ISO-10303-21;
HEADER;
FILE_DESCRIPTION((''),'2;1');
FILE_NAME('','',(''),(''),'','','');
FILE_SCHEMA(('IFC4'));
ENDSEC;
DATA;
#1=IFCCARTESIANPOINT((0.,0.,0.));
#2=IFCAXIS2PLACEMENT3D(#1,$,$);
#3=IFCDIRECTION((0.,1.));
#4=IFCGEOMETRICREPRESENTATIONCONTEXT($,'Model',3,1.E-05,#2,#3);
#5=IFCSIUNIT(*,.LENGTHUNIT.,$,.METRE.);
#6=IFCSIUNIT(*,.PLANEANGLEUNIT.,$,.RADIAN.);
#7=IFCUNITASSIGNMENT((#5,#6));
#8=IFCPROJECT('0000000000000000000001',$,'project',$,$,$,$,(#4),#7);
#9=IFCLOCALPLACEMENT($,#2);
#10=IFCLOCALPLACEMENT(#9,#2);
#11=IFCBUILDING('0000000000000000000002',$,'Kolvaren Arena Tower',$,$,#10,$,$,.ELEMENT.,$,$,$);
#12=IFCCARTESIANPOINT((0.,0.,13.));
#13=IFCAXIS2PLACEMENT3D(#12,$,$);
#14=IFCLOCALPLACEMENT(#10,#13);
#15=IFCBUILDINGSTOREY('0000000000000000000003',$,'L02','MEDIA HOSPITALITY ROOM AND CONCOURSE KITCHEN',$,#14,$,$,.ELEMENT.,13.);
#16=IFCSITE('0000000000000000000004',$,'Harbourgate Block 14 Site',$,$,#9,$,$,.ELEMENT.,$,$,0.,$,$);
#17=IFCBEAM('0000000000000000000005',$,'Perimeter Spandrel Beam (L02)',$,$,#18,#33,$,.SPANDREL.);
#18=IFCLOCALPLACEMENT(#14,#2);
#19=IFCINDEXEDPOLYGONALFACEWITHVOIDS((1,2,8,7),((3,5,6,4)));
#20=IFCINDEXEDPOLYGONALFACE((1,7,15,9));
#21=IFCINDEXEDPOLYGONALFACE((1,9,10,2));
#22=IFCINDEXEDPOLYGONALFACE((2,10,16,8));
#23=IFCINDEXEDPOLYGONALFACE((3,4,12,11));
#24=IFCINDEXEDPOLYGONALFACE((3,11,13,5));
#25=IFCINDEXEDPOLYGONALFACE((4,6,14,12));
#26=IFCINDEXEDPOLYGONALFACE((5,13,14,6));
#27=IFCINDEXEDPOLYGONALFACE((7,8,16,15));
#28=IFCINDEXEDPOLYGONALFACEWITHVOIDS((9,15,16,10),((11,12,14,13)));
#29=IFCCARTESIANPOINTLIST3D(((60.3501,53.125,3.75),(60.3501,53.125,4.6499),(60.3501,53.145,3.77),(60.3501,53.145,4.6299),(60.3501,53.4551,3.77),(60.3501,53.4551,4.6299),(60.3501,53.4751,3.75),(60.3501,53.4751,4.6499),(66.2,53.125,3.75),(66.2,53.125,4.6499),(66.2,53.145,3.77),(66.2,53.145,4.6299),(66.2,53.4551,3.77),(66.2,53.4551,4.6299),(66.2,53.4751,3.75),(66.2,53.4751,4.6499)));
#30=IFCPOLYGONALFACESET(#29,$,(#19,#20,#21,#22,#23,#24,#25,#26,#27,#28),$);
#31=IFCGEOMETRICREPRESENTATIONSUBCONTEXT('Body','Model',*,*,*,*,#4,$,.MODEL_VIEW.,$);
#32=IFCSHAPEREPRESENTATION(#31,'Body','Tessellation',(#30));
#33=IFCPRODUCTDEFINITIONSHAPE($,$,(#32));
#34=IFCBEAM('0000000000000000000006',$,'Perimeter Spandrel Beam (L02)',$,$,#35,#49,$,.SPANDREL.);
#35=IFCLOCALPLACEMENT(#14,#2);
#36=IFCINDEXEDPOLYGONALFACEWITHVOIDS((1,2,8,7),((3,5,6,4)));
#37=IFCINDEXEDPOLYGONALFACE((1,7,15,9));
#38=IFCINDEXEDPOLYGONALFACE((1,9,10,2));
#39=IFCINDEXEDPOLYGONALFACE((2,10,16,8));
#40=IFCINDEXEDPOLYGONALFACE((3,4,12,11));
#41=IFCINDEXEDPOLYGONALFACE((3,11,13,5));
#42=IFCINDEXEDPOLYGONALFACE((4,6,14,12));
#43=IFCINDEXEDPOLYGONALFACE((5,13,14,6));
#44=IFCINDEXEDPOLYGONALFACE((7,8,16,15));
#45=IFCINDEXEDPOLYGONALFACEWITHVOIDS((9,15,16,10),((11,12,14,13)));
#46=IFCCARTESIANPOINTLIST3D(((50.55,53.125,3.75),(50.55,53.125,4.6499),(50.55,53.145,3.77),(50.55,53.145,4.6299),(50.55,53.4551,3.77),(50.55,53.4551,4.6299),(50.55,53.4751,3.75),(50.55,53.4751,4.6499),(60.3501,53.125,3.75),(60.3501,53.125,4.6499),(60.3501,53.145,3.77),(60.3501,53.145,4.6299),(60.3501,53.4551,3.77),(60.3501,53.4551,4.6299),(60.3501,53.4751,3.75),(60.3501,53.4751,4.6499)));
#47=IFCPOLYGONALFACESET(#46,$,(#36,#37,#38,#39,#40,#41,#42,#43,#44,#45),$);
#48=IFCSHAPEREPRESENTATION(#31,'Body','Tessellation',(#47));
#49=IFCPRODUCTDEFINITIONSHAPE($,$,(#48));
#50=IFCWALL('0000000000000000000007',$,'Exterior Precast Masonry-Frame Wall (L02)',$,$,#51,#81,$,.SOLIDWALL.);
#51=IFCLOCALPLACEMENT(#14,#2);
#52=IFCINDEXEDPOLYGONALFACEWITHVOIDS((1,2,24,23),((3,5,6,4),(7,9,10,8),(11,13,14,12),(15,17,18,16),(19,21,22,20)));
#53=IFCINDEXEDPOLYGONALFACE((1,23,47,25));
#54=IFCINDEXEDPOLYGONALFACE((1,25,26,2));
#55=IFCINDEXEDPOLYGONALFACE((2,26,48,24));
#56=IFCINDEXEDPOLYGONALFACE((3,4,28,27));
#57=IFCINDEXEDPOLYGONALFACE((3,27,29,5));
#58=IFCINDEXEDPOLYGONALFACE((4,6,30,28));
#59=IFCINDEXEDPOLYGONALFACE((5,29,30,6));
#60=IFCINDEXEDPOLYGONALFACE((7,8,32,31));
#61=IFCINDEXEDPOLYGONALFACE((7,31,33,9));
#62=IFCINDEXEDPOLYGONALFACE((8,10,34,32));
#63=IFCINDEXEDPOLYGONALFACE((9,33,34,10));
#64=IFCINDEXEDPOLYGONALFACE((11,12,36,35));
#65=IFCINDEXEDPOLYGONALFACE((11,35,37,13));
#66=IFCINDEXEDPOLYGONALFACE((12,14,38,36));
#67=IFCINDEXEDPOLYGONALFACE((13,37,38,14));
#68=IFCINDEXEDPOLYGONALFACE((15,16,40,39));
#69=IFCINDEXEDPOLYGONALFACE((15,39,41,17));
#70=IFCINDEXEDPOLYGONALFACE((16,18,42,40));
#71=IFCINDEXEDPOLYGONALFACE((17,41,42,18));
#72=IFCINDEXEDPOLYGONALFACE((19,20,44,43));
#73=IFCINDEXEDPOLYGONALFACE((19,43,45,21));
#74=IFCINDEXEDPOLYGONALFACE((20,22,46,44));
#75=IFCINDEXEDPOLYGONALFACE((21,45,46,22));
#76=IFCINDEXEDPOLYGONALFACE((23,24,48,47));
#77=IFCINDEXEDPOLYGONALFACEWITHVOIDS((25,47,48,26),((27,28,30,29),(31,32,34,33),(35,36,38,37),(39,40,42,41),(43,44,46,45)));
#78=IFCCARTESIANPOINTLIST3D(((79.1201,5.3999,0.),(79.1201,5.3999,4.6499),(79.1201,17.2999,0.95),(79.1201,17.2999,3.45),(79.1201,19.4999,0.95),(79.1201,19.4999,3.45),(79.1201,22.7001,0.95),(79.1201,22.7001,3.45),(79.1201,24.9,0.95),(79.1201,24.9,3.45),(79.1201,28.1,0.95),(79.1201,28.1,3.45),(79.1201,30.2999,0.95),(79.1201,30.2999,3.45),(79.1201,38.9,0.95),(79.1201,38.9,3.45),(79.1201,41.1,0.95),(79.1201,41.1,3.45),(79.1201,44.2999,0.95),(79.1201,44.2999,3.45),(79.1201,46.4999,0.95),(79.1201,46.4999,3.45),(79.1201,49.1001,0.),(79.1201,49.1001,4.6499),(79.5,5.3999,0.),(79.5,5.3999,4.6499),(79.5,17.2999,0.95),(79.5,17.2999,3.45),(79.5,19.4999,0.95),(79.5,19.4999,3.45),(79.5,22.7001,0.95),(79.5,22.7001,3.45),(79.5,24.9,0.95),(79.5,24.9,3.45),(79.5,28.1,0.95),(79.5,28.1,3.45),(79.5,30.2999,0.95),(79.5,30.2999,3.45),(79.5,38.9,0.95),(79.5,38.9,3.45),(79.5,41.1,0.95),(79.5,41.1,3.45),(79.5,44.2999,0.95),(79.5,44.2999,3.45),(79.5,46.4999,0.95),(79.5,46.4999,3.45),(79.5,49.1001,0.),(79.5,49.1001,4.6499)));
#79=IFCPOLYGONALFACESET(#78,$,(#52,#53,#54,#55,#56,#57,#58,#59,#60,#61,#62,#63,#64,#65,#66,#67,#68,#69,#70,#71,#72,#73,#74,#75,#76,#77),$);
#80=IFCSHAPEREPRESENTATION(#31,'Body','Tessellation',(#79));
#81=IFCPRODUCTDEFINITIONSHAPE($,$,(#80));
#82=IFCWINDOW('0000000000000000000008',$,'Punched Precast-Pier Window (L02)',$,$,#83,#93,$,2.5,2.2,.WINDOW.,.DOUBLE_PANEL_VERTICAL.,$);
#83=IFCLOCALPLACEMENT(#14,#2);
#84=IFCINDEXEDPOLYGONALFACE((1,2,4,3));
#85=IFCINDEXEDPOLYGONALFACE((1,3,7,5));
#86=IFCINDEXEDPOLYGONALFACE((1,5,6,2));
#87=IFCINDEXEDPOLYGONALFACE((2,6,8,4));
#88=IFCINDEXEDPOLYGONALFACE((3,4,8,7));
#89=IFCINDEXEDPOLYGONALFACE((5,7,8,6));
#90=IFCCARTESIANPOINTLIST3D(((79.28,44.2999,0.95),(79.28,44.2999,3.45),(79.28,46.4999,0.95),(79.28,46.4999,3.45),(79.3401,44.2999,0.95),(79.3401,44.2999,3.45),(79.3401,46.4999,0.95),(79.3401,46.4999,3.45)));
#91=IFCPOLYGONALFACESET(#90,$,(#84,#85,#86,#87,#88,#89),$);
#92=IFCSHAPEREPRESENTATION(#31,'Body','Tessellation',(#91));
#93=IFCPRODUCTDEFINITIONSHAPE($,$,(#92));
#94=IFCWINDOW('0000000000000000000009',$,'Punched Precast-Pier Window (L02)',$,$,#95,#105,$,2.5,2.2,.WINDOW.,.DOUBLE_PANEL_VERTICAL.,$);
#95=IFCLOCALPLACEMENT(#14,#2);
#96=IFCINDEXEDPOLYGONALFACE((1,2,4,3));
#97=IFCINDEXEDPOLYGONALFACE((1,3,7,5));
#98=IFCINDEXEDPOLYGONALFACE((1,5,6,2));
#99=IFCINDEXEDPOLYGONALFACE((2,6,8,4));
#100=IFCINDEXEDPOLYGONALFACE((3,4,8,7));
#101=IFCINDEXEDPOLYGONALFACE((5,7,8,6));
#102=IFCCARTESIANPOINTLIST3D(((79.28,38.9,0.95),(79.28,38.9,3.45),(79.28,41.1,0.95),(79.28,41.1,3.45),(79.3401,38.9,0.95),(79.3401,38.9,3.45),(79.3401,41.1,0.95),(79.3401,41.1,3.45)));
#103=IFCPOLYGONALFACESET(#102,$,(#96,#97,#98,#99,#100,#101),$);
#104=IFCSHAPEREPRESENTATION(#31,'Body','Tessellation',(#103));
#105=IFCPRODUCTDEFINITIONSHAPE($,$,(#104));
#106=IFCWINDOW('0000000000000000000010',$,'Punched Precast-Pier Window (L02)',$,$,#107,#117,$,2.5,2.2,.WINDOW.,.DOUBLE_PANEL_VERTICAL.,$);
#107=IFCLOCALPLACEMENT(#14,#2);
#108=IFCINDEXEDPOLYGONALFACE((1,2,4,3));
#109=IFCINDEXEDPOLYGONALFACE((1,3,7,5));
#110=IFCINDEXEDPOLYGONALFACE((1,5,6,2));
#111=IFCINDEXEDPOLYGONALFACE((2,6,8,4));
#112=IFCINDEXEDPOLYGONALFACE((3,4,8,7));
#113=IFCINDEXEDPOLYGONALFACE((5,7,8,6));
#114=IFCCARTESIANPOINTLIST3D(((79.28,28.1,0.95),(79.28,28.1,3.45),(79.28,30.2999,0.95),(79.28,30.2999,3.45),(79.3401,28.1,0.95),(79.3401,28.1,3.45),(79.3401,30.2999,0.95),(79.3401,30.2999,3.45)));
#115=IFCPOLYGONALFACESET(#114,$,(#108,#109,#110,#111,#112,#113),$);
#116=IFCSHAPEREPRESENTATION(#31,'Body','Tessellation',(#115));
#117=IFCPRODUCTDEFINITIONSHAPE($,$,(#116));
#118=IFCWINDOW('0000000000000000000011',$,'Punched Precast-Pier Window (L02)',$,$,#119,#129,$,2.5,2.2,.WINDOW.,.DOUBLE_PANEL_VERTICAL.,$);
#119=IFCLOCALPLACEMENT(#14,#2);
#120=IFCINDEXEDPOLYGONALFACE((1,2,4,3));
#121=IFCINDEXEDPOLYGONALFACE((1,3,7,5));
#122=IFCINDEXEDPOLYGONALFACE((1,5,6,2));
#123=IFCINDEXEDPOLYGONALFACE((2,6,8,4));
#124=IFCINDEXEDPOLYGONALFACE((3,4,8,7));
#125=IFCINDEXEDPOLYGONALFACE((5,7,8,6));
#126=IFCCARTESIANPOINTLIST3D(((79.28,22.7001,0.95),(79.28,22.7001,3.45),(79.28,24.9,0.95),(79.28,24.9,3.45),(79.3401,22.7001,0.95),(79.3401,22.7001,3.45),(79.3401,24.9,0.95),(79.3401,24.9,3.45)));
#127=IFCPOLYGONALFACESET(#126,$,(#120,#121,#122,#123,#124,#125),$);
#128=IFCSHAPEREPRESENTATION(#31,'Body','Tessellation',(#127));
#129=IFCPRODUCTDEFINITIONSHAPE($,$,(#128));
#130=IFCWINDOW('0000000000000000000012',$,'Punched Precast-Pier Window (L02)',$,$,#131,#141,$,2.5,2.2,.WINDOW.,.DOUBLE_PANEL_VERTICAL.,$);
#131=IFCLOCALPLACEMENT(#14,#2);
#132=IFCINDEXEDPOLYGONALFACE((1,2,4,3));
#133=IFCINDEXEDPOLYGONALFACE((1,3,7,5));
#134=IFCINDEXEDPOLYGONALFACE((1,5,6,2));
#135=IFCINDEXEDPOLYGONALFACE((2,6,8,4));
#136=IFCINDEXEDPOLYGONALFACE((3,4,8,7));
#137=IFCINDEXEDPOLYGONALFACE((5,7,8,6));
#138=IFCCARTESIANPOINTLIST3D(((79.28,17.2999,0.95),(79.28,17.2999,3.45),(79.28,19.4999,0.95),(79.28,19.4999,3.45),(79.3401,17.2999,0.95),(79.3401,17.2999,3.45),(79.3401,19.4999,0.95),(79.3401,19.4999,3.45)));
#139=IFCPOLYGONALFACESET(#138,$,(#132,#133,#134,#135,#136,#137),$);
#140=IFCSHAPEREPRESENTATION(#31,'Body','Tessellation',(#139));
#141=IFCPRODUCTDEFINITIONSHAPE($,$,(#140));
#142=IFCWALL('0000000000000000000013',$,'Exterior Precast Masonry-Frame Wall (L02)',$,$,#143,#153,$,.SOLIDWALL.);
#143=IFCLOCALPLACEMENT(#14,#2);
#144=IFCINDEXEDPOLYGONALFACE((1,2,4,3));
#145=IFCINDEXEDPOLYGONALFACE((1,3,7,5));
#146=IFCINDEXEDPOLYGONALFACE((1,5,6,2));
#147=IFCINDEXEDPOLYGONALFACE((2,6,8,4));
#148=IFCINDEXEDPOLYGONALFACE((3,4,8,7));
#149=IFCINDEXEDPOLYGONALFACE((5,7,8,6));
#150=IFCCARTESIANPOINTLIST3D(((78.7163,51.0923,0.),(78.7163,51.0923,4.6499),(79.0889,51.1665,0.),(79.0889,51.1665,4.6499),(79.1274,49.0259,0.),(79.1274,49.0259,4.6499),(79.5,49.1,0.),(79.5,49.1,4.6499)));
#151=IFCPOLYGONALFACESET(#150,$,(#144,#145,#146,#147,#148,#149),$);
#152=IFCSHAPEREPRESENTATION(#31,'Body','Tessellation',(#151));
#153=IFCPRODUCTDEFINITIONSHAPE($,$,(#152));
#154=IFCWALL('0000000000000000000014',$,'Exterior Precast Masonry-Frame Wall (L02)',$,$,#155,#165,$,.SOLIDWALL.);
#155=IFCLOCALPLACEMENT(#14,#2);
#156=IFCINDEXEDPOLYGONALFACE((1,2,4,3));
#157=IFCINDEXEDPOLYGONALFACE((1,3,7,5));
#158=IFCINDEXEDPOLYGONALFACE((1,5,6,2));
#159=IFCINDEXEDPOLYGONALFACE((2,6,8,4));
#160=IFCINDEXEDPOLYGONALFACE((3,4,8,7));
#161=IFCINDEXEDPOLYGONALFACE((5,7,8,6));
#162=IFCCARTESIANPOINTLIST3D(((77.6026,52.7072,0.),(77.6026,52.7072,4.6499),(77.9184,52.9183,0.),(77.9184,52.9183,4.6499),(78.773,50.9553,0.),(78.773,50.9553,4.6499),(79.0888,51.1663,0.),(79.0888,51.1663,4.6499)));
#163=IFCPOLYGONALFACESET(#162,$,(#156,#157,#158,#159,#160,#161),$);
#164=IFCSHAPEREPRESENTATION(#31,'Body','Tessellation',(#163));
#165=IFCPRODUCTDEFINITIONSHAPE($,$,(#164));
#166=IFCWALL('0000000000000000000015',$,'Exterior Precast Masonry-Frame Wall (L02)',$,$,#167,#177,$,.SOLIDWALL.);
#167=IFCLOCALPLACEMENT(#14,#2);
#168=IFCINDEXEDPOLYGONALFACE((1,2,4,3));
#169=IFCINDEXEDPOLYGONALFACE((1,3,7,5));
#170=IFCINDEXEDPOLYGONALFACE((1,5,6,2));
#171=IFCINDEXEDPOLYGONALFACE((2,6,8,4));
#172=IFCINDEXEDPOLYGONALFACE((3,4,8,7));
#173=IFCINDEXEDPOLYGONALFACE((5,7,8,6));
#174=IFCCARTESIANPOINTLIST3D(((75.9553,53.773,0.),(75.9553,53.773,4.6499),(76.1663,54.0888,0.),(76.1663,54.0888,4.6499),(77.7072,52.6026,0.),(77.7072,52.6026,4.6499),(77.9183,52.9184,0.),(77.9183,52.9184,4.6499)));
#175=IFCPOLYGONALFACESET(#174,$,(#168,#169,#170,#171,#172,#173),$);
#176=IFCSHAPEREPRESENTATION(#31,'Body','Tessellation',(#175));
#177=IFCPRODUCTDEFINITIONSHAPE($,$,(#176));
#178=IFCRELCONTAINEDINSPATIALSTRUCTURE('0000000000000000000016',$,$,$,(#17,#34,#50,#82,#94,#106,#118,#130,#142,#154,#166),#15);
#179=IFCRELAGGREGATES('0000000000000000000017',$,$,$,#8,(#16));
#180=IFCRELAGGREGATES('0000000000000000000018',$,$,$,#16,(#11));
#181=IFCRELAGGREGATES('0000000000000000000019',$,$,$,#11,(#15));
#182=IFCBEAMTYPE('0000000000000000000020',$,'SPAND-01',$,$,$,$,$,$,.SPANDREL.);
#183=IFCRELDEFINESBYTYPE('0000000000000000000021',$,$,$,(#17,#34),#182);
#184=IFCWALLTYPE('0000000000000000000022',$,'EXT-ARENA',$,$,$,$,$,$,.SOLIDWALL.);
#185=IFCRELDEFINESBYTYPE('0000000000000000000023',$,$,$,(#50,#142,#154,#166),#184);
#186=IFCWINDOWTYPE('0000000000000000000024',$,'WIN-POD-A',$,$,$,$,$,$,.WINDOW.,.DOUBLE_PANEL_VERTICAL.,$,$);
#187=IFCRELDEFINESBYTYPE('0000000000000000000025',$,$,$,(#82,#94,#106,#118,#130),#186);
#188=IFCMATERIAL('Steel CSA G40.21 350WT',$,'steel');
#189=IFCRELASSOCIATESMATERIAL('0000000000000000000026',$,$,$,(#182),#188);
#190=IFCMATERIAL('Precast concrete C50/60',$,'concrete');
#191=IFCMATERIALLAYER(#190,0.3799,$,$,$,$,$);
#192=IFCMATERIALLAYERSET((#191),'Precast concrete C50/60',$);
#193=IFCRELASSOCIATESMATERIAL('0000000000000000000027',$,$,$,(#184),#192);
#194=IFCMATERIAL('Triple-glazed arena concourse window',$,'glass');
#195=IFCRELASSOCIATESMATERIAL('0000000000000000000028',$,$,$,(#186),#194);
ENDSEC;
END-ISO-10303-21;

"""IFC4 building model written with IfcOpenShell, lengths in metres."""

from ifc_helpers import new_model, si_unit, direction, frame, frame_2d, origin, origin_2d, place, context, subcontext, project, spatial, rectangle, hollow_rectangle, extrude, material, layer, layer_set, material_profile, profile_set, type_object, element, fill, save


model = new_model("IFC4")

# Units and contexts
model_context = context("Model", 3, precision=1e-05, world=origin(), true_north=direction((0.0, 1.0)))
body_context = subcontext(model_context, "Body", "Model", "MODEL_VIEW")
ifc_project = project(units=[si_unit("LENGTHUNIT", "METRE"), si_unit("PLANEANGLEUNIT", "RADIAN")], contexts=[model_context])

# Site, building, storey
site_placement = place(None, origin())
site = spatial("IfcSite", under=ifc_project, at=site_placement, Name="Harbourgate Block 14 Site", CompositionType="ELEMENT", RefElevation=0.0)
building_placement = place(site_placement, origin())
building = spatial("IfcBuilding", under=site, at=building_placement, Name="Kolvaren Arena Tower", CompositionType="ELEMENT")
storey_placement = place(building_placement, frame((0.0, 0.0, 13.0)))
storey = spatial("IfcBuildingStorey", under=building, at=storey_placement, Name="L02", Description="MEDIA HOSPITALITY ROOM AND CONCOURSE KITCHEN", CompositionType="ELEMENT", Elevation=13.0)

# Beams
ifc_material_1 = material(Name="Steel CSA G40.21 350WT", Category="steel")
ifc_material_profile_1 = material_profile(ifc_material_1, hollow_rectangle(XDim=0.3501, YDim=0.8999, WallThickness=0.02, at=origin_2d()), Name="HSS 900x350x20")
ifc_profile_set_1 = profile_set([ifc_material_profile_1], Name="Steel CSA G40.21 350WT")
beam_type_1 = type_object("IfcBeamType", Name="SPAND-01", PredefinedType="SPANDREL", material=ifc_profile_set_1)
beam_1_placement = place(storey_placement, frame((66.2, 53.3, 4.2), z_axis=(-1.0, 0.0, 0.0), x_axis=(0.0, -1.0, 0.0)))
element("IfcBeam", 1, at=beam_1_placement, inside=storey, type_object=beam_type_1, Name="Perimeter Spandrel Beam (L02)", PredefinedType="SPANDREL", context=body_context, shape_type="SweptSolid", body=[
    extrude(hollow_rectangle(XDim=0.3501, YDim=0.8999, WallThickness=0.02, at=origin_2d()), origin(), (0.0, 0.0, 1.0), 5.8499),
])
beam_2_placement = place(storey_placement, frame((60.3501, 53.3, 4.2), z_axis=(-1.0, 0.0, 0.0), x_axis=(0.0, -1.0, 0.0)))
element("IfcBeam", 2, at=beam_2_placement, inside=storey, type_object=beam_type_1, Name="Perimeter Spandrel Beam (L02)", PredefinedType="SPANDREL", context=body_context, shape_type="SweptSolid", body=[
    extrude(hollow_rectangle(XDim=0.3501, YDim=0.8999, WallThickness=0.02, at=origin_2d()), origin(), (0.0, 0.0, 1.0), 9.8),
])

# Wall, openings, windows
ifc_material_2 = material(Name="Precast concrete C50/60", Category="concrete")
ifc_layer_1 = layer(ifc_material_2, 0.3799)
ifc_layer_set_1 = layer_set([ifc_layer_1], Name="Precast concrete C50/60")
wall_type_1 = type_object("IfcWallType", Name="EXT-ARENA", PredefinedType="SOLIDWALL", material=ifc_layer_set_1)
wall_1_placement = place(storey_placement, frame((79.3101, 49.1001, 0.0), z_axis=(0.0, 0.0, 1.0), x_axis=(0.0, -1.0, 0.0)))
wall_1 = element("IfcWall", 3, at=wall_1_placement, inside=storey, type_object=wall_type_1, Name="Exterior Precast Masonry-Frame Wall (L02)", PredefinedType="SOLIDWALL", context=body_context, shape_type="SweptSolid", body=[
    extrude(rectangle(XDim=43.7002, YDim=0.3799, at=frame_2d((21.8501, 0.0))), origin(), (0.0, 0.0, 1.0), 4.6499),
])
opening_1_placement = place(wall_1_placement, frame((2.6001, 0.0, 0.95)))
opening_1 = element("IfcOpeningElement", 4, at=opening_1_placement, cuts=wall_1, PredefinedType="OPENING", context=body_context, shape_type="SweptSolid", body=[
    extrude(rectangle(XDim=2.2, YDim=2.5, at=frame_2d((1.1001, 1.25))), frame((0.0, 0.2, 0.0), z_axis=(0.0, -1.0, 0.0), x_axis=(1.0, 0.0, 0.0)), (0.0, 0.0, 1.0), 0.3999),
])
opening_2_placement = place(wall_1_placement, frame((8.0, 0.0, 0.95)))
opening_2 = element("IfcOpeningElement", 5, at=opening_2_placement, cuts=wall_1, PredefinedType="OPENING", context=body_context, shape_type="SweptSolid", body=[
    extrude(rectangle(XDim=2.2, YDim=2.5, at=frame_2d((1.1001, 1.25))), frame((0.0, 0.2, 0.0), z_axis=(0.0, -1.0, 0.0), x_axis=(1.0, 0.0, 0.0)), (0.0, 0.0, 1.0), 0.3999),
])
opening_3_placement = place(wall_1_placement, frame((18.8, 0.0, 0.95)))
opening_3 = element("IfcOpeningElement", 6, at=opening_3_placement, cuts=wall_1, PredefinedType="OPENING", context=body_context, shape_type="SweptSolid", body=[
    extrude(rectangle(XDim=2.2, YDim=2.5, at=frame_2d((1.1001, 1.25))), frame((0.0, 0.2, 0.0), z_axis=(0.0, -1.0, 0.0), x_axis=(1.0, 0.0, 0.0)), (0.0, 0.0, 1.0), 0.3999),
])
opening_4_placement = place(wall_1_placement, frame((24.2, 0.0, 0.95)))
opening_4 = element("IfcOpeningElement", 7, at=opening_4_placement, cuts=wall_1, PredefinedType="OPENING", context=body_context, shape_type="SweptSolid", body=[
    extrude(rectangle(XDim=2.2, YDim=2.5, at=frame_2d((1.1001, 1.25))), frame((0.0, 0.2, 0.0), z_axis=(0.0, -1.0, 0.0), x_axis=(1.0, 0.0, 0.0)), (0.0, 0.0, 1.0), 0.3999),
])
opening_5_placement = place(wall_1_placement, frame((29.6001, 0.0, 0.95)))
opening_5 = element("IfcOpeningElement", 8, at=opening_5_placement, cuts=wall_1, PredefinedType="OPENING", context=body_context, shape_type="SweptSolid", body=[
    extrude(rectangle(XDim=2.2, YDim=2.5, at=frame_2d((1.1001, 1.25))), frame((0.0, 0.2, 0.0), z_axis=(0.0, -1.0, 0.0), x_axis=(1.0, 0.0, 0.0)), (0.0, 0.0, 1.0), 0.3999),
])
ifc_material_3 = material(Name="Triple-glazed arena concourse window", Category="glass")
window_type = type_object("IfcWindowType", Name="WIN-POD-A", PartitioningType="DOUBLE_PANEL_VERTICAL", PredefinedType="WINDOW", material=ifc_material_3)
window_1_placement = place(opening_1_placement, origin())
window_1 = element("IfcWindow", 9, at=window_1_placement, inside=storey, type_object=window_type, Name="Punched Precast-Pier Window (L02)", OverallHeight=2.5, OverallWidth=2.2, PartitioningType="DOUBLE_PANEL_VERTICAL", PredefinedType="WINDOW", context=body_context, shape_type="SweptSolid", body=[
    extrude(rectangle(XDim=2.2, YDim=2.5, at=frame_2d((1.1001, 1.25))), frame((0.0, 0.03, 0.0), z_axis=(0.0, -1.0, 0.0), x_axis=(1.0, 0.0, 0.0)), (0.0, 0.0, 1.0), 0.0601),
])
fill(opening_1, window_1)
window_2_placement = place(opening_2_placement, origin())
window_2 = element("IfcWindow", 10, at=window_2_placement, inside=storey, type_object=window_type, Name="Punched Precast-Pier Window (L02)", OverallHeight=2.5, OverallWidth=2.2, PartitioningType="DOUBLE_PANEL_VERTICAL", PredefinedType="WINDOW", context=body_context, shape_type="SweptSolid", body=[
    extrude(rectangle(XDim=2.2, YDim=2.5, at=frame_2d((1.1001, 1.25))), frame((0.0, 0.03, 0.0), z_axis=(0.0, -1.0, 0.0), x_axis=(1.0, 0.0, 0.0)), (0.0, 0.0, 1.0), 0.0601),
])
fill(opening_2, window_2)
window_3_placement = place(opening_3_placement, origin())
window_3 = element("IfcWindow", 11, at=window_3_placement, inside=storey, type_object=window_type, Name="Punched Precast-Pier Window (L02)", OverallHeight=2.5, OverallWidth=2.2, PartitioningType="DOUBLE_PANEL_VERTICAL", PredefinedType="WINDOW", context=body_context, shape_type="SweptSolid", body=[
    extrude(rectangle(XDim=2.2, YDim=2.5, at=frame_2d((1.1001, 1.25))), frame((0.0, 0.03, 0.0), z_axis=(0.0, -1.0, 0.0), x_axis=(1.0, 0.0, 0.0)), (0.0, 0.0, 1.0), 0.0601),
])
fill(opening_3, window_3)
window_4_placement = place(opening_4_placement, origin())
window_4 = element("IfcWindow", 12, at=window_4_placement, inside=storey, type_object=window_type, Name="Punched Precast-Pier Window (L02)", OverallHeight=2.5, OverallWidth=2.2, PartitioningType="DOUBLE_PANEL_VERTICAL", PredefinedType="WINDOW", context=body_context, shape_type="SweptSolid", body=[
    extrude(rectangle(XDim=2.2, YDim=2.5, at=frame_2d((1.1001, 1.25))), frame((0.0, 0.03, 0.0), z_axis=(0.0, -1.0, 0.0), x_axis=(1.0, 0.0, 0.0)), (0.0, 0.0, 1.0), 0.0601),
])
fill(opening_4, window_4)
window_5_placement = place(opening_5_placement, origin())
window_5 = element("IfcWindow", 13, at=window_5_placement, inside=storey, type_object=window_type, Name="Punched Precast-Pier Window (L02)", OverallHeight=2.5, OverallWidth=2.2, PartitioningType="DOUBLE_PANEL_VERTICAL", PredefinedType="WINDOW", context=body_context, shape_type="SweptSolid", body=[
    extrude(rectangle(XDim=2.2, YDim=2.5, at=frame_2d((1.1001, 1.25))), frame((0.0, 0.03, 0.0), z_axis=(0.0, -1.0, 0.0), x_axis=(1.0, 0.0, 0.0)), (0.0, 0.0, 1.0), 0.0601),
])
fill(opening_5, window_5)

# Walls
for number, where, z_axis, x_axis, name in (
    (14, (78.9026, 51.1294, 0.0), (0.0, 0.0, 1.0), (0.195136, -0.980776, 0.0), "Exterior Precast Masonry-Frame Wall (L02)"),
    (15, (77.7605, 52.8127, 0.0), (0.0, 0.0, 1.0), (0.555502, -0.831515, 0.0), "Exterior Precast Masonry-Frame Wall (L02)"),
    (16, (76.0608, 53.9309, 0.0), (0.0, 0.0, 1.0), (0.831515, -0.555502, 0.0), "Exterior Precast Masonry-Frame Wall (L02)"),
):
    element("IfcWall", number, at=place(storey_placement, frame(where, z_axis=z_axis, x_axis=x_axis)), inside=storey, type_object=wall_type_1, Name=name, PredefinedType="SOLIDWALL", context=body_context, shape_type="SweptSolid", body=[
        extrude(rectangle(XDim=2.1069, YDim=0.3799, at=frame_2d((1.0535, 0.0))), origin(), (0.0, 0.0, 1.0), 4.6499),
    ])

save(model, "model.ifc")
